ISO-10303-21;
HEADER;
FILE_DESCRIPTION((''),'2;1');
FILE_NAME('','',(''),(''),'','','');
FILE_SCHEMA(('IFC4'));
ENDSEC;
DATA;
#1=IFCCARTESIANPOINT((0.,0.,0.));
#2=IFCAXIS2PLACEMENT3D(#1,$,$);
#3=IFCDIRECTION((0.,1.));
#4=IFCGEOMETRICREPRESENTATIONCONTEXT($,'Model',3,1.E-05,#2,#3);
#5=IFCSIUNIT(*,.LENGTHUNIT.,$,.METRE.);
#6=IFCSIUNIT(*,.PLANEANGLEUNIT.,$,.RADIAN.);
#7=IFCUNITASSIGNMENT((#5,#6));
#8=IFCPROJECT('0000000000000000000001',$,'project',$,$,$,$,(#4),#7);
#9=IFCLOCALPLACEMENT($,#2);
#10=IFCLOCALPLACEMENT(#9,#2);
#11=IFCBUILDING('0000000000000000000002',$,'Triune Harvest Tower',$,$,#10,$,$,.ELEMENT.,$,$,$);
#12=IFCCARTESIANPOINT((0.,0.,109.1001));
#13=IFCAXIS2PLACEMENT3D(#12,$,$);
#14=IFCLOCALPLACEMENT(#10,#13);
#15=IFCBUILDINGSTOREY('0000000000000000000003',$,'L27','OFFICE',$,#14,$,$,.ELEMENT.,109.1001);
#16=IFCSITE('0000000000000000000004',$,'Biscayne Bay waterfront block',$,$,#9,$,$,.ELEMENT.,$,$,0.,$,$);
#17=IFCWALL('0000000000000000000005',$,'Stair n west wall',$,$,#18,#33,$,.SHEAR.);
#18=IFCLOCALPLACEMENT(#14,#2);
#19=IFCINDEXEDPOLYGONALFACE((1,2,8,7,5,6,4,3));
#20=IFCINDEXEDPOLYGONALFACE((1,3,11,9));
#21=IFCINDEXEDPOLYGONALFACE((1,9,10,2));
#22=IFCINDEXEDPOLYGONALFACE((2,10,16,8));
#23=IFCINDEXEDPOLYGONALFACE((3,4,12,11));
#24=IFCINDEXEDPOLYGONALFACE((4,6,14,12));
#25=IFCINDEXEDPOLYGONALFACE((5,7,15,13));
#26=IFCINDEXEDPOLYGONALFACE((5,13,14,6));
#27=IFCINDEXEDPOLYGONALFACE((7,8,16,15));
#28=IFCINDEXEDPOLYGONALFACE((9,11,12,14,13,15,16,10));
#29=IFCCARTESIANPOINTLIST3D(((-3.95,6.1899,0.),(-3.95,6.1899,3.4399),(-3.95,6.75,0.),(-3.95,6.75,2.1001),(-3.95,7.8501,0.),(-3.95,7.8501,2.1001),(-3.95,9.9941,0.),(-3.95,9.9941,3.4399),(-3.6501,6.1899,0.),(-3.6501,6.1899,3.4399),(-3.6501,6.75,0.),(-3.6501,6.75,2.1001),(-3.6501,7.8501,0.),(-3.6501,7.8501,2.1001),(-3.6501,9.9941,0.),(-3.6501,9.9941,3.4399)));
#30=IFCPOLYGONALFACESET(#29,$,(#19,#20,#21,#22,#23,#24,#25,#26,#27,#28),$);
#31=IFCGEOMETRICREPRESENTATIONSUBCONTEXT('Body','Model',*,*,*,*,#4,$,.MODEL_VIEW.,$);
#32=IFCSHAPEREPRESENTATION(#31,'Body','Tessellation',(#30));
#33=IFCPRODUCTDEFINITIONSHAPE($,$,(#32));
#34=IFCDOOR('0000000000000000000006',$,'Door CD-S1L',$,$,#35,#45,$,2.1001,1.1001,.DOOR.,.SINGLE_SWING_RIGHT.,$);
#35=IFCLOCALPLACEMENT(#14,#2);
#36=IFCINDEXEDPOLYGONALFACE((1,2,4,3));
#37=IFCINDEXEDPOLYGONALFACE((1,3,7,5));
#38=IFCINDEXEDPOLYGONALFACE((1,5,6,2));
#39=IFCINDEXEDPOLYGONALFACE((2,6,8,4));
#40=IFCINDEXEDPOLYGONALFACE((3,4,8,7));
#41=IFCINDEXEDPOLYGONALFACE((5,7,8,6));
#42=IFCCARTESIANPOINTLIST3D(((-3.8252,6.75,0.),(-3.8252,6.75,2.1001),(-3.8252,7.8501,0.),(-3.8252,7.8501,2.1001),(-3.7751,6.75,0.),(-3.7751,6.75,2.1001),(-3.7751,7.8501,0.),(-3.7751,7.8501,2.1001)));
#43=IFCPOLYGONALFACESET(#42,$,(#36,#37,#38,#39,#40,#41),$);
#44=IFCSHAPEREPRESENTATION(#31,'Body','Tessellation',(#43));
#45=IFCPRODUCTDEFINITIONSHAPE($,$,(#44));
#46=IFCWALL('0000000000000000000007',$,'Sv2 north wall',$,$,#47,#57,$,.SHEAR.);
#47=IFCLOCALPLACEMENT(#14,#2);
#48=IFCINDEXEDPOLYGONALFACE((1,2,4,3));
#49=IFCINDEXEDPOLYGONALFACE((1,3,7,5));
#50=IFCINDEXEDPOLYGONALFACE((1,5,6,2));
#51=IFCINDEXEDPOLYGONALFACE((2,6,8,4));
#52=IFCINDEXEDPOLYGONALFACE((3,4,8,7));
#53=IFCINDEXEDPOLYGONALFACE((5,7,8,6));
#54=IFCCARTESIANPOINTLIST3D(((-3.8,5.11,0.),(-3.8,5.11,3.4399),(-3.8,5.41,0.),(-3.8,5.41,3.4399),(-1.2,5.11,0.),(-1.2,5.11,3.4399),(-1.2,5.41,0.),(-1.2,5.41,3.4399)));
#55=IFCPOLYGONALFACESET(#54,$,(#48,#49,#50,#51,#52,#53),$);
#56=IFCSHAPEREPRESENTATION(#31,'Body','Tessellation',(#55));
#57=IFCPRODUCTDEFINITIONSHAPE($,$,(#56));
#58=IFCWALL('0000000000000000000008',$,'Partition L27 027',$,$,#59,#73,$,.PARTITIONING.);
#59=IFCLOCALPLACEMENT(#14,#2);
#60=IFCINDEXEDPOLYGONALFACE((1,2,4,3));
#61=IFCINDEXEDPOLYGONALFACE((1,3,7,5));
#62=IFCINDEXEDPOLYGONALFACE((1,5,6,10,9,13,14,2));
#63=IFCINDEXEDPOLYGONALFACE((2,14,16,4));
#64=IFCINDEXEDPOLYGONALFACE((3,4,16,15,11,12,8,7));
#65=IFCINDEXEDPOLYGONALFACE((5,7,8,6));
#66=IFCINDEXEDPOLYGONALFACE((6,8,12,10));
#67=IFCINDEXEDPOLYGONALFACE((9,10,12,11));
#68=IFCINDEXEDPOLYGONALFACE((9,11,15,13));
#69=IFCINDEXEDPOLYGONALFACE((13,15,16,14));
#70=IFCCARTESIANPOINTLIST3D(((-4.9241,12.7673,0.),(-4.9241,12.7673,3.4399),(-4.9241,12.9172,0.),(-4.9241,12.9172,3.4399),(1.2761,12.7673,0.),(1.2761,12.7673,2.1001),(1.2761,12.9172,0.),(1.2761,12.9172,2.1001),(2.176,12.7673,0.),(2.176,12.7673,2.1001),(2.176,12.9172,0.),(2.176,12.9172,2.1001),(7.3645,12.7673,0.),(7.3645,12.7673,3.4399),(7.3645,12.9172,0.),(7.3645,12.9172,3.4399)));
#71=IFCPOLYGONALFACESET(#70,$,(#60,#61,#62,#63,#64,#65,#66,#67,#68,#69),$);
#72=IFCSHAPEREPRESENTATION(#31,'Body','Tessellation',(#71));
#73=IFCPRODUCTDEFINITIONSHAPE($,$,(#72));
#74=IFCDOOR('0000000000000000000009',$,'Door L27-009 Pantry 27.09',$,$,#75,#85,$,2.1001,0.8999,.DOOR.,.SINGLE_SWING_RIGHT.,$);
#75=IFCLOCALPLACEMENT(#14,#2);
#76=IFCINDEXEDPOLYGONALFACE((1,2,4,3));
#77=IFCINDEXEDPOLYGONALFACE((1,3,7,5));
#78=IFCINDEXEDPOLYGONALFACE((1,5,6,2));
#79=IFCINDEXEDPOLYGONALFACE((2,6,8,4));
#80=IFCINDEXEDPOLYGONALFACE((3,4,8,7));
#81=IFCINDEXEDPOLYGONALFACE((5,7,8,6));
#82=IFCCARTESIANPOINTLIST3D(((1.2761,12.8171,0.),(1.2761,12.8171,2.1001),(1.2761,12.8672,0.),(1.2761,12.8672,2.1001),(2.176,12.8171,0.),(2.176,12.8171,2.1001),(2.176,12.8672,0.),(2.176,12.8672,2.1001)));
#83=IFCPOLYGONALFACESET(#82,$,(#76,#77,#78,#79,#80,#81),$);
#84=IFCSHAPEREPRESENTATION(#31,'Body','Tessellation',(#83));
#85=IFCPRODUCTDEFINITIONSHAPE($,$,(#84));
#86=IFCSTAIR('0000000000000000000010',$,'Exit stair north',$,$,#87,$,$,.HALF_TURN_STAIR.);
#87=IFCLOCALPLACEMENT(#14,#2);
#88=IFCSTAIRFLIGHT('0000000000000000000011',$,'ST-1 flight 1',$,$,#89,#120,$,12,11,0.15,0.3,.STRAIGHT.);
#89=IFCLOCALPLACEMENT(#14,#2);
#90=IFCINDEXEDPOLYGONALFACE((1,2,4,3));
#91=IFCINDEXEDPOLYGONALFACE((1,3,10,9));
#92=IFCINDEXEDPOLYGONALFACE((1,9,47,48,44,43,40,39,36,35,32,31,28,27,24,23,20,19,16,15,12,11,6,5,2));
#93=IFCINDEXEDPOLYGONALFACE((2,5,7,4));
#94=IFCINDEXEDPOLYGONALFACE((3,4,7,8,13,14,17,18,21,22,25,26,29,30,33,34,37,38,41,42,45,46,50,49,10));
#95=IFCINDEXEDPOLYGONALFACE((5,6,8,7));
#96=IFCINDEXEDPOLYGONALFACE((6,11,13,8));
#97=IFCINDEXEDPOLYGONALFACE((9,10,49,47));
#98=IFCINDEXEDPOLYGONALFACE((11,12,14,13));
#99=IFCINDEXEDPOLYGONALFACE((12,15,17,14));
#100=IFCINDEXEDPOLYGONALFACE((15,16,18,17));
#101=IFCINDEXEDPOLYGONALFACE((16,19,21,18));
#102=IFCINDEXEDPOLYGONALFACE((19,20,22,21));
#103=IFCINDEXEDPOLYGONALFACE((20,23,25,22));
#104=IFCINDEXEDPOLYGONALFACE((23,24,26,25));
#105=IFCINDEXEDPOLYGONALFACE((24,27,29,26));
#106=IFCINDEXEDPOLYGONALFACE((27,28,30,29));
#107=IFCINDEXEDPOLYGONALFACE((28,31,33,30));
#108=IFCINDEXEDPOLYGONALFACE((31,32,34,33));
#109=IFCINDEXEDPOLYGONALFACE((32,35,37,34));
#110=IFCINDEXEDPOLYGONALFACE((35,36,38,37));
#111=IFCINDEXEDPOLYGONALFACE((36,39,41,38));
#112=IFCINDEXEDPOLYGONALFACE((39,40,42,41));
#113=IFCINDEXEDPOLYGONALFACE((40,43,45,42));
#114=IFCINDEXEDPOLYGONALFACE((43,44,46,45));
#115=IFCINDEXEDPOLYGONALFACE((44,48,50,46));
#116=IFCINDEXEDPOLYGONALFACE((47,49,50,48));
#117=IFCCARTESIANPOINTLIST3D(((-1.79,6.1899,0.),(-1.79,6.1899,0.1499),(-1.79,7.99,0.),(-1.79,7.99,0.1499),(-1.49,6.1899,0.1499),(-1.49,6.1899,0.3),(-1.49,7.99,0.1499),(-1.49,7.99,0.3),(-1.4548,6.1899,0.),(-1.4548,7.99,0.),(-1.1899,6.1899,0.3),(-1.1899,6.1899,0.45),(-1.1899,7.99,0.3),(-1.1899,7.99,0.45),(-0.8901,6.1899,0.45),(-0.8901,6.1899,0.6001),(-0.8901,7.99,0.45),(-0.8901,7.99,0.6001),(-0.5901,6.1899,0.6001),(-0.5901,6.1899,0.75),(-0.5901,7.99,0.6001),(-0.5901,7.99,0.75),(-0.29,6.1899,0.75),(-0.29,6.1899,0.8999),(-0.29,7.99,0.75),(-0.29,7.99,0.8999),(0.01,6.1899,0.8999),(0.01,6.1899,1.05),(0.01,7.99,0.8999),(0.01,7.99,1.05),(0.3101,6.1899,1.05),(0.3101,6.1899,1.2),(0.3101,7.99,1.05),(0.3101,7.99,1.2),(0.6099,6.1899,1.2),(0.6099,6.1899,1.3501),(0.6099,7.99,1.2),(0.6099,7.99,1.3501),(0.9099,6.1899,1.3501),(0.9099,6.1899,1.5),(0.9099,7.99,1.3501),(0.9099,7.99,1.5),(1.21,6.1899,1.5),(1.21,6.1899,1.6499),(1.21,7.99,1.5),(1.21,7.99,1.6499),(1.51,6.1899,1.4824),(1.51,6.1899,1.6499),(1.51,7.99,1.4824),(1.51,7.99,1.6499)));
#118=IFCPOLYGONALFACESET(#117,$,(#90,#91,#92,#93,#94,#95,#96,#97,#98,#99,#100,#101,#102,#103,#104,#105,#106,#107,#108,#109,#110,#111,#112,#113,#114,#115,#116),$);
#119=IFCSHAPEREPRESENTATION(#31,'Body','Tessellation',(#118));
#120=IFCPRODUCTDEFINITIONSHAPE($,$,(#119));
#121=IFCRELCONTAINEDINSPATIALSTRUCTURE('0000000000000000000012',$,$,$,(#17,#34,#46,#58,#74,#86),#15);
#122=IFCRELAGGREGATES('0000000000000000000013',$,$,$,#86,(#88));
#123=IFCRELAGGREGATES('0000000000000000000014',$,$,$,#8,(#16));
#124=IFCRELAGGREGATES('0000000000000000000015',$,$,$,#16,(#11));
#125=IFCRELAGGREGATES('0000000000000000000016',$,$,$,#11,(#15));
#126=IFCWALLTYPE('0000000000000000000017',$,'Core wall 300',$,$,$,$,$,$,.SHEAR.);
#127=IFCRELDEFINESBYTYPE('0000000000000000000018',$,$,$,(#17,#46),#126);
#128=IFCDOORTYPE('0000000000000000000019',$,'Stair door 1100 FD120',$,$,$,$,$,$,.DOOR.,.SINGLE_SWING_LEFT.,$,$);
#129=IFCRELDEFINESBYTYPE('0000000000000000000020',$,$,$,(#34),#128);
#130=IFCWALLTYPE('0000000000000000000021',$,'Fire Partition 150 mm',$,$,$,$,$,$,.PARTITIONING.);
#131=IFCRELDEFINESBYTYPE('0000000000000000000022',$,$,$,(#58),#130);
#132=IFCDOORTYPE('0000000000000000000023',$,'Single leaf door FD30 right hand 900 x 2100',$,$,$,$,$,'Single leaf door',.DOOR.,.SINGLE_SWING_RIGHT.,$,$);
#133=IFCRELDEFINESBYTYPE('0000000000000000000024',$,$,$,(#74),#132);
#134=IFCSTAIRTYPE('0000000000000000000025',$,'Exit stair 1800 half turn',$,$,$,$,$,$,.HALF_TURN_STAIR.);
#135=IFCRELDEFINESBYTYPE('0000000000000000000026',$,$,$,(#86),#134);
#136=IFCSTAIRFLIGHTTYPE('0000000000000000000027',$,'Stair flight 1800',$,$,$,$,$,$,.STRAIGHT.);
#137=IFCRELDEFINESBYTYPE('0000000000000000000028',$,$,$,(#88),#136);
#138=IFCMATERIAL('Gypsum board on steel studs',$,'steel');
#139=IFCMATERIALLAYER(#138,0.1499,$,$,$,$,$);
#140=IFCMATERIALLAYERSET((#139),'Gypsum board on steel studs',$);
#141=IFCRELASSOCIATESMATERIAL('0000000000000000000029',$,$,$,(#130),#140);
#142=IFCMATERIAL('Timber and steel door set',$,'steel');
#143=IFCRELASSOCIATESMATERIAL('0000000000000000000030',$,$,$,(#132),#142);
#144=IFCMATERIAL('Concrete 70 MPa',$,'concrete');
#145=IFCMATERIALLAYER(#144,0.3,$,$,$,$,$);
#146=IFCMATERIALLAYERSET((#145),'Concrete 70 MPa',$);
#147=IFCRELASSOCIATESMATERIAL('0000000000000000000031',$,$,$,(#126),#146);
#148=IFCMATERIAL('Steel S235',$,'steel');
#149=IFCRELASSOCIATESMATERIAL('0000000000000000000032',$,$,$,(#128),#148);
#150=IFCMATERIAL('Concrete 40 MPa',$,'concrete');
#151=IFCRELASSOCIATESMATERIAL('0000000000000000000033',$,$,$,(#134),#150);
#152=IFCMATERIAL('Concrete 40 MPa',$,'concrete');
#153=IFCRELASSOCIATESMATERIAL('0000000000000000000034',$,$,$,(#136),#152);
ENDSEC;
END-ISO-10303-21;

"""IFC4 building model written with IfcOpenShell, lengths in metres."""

from ifc_helpers import new_model, si_unit, direction, frame, frame_2d, origin, place, context, subcontext, project, spatial, polyline, rectangle, outline, extrude, source, transform, mapped, material, layer, layer_set, type_object, element, fill, aggregate, save


model = new_model("IFC4")

# Units and contexts
model_context = context("Model", 3, precision=1e-05, world=origin(), true_north=direction((0.0, 1.0)))
body_context = subcontext(model_context, "Body", "Model", "MODEL_VIEW")
ifc_project = project(units=[si_unit("LENGTHUNIT", "METRE"), si_unit("PLANEANGLEUNIT", "RADIAN")], contexts=[model_context])

# Site, building, storey
site_placement = place(None, origin())
site = spatial("IfcSite", under=ifc_project, at=site_placement, Name="Biscayne Bay waterfront block", CompositionType="ELEMENT", RefElevation=0.0)
building_placement = place(site_placement, origin())
building = spatial("IfcBuilding", under=site, at=building_placement, Name="Triune Harvest Tower", CompositionType="ELEMENT")
storey_placement = place(building_placement, frame((0.0, 0.0, 109.1001)))
storey = spatial("IfcBuildingStorey", under=building, at=storey_placement, Name="L27", Description="OFFICE", CompositionType="ELEMENT", Elevation=109.1001)

# Shared definitions
ifc_material_1 = material(Name="Gypsum board on steel studs", Category="steel")
ifc_layer_1 = layer(ifc_material_1, 0.1499)
ifc_layer_set_1 = layer_set([ifc_layer_1], Name="Gypsum board on steel studs")
wall_type_1 = type_object("IfcWallType", Name="Fire Partition 150 mm", PredefinedType="PARTITIONING", material=ifc_layer_set_1)
ifc_material_2 = material(Name="Timber and steel door set", Category="steel")
door_type_1 = type_object("IfcDoorType", Name="Single leaf door FD30 right hand 900 x 2100", ElementType="Single leaf door", OperationType="SINGLE_SWING_RIGHT", PredefinedType="DOOR", material=ifc_material_2)

# Shared definitions
ifc_material_3 = material(Name="Concrete 70 MPa", Category="concrete")
ifc_layer_2 = layer(ifc_material_3, 0.3)
ifc_layer_set_2 = layer_set([ifc_layer_2], Name="Concrete 70 MPa")
wall_type_2 = type_object("IfcWallType", Name="Core wall 300", PredefinedType="SHEAR", material=ifc_layer_set_2)

# Wall, opening, door
shared_shape_1 = source(origin(), body_context, "Body", "SweptSolid", [
    extrude(outline(polyline([(0.0, -0.1499), (0.0, 0.1499), (3.8042, 0.1499), (3.8042, -0.1499), (0.0, -0.1499)])), origin(), (0.0, 0.0, 1.0), 3.4399),
])
wall_1_placement = place(storey_placement, frame((-3.8, 6.1899, 0.0), z_axis=(0.0, 0.0, 1.0), x_axis=(0.0, 1.0, 0.0)))
wall_1 = element("IfcWall", 1, at=wall_1_placement, inside=storey, type_object=wall_type_2, Name="Stair n west wall", PredefinedType="SHEAR", context=body_context, shape_type="MappedRepresentation", body=[
    mapped(shared_shape_1, transform((0.0, 0.0, 0.0), scale=1.0)),
])
opening_1_placement = place(wall_1_placement, frame((0.5601, 0.0, 0.0)))
opening_1 = element("IfcOpeningElement", 2, at=opening_1_placement, cuts=wall_1, PredefinedType="OPENING", context=body_context, shape_type="SweptSolid", body=[
    extrude(rectangle(XDim=1.1001, YDim=2.1001, at=frame_2d((0.55, 1.05))), frame((0.0, 0.1602, 0.0), z_axis=(0.0, -1.0, 0.0), x_axis=(1.0, 0.0, 0.0)), (0.0, 0.0, 1.0), 0.3201),
])
ifc_material_4 = material(Name="Steel S235", Category="steel")
door_type_2 = type_object("IfcDoorType", Name="Stair door 1100 FD120", OperationType="SINGLE_SWING_LEFT", PredefinedType="DOOR", material=ifc_material_4)
door_1_placement = place(opening_1_placement, frame((1.1001, 0.0, 0.0), z_axis=(0.0, 0.0, 1.0), x_axis=(-1.0, 0.0, 0.0)))
door_1 = element("IfcDoor", 3, at=door_1_placement, inside=storey, type_object=door_type_2, Name="Door CD-S1L", OperationType="SINGLE_SWING_RIGHT", OverallHeight=2.1001, OverallWidth=1.1001, PredefinedType="DOOR", context=body_context, shape_type="SweptSolid", body=[
    extrude(rectangle(XDim=1.1001, YDim=2.1001, at=frame_2d((0.55, 1.05))), frame((0.0, 0.0249, 0.0), z_axis=(0.0, -1.0, 0.0), x_axis=(1.0, 0.0, 0.0)), (0.0, 0.0, 1.0), 0.05),
])
fill(opening_1, door_1)

# Wall
shared_shape_2 = source(origin(), body_context, "Body", "SweptSolid", [
    extrude(rectangle(XDim=2.6001, YDim=0.3, at=frame_2d((1.3, 0.0))), origin(), (0.0, 0.0, 1.0), 3.4399),
])
wall_2_placement = place(storey_placement, frame((-3.8, 5.26, 0.0), z_axis=(0.0, 0.0, 1.0), x_axis=(1.0, 0.0, 0.0)))
element("IfcWall", 4, at=wall_2_placement, inside=storey, type_object=wall_type_2, Name="Sv2 north wall", PredefinedType="SHEAR", context=body_context, shape_type="MappedRepresentation", body=[
    mapped(shared_shape_2, transform((0.0, 0.0, 0.0), scale=1.0)),
])

# Wall, opening, door
shared_shape_3 = source(origin(), body_context, "Body", "SweptSolid", [
    extrude(rectangle(XDim=12.2886, YDim=0.1499, at=frame_2d((6.1443, 0.0))), origin(), (0.0, 0.0, 1.0), 3.4399),
])
wall_3_placement = place(storey_placement, frame((-4.9241, 12.8423, 0.0), z_axis=(0.0, 0.0, 1.0), x_axis=(1.0, 0.0, 0.0)))
wall_3 = element("IfcWall", 5, at=wall_3_placement, inside=storey, type_object=wall_type_1, Name="Partition L27 027", PredefinedType="PARTITIONING", context=body_context, shape_type="MappedRepresentation", body=[
    mapped(shared_shape_3, transform((0.0, 0.0, 0.0), scale=1.0)),
])
opening_2_placement = place(wall_3_placement, frame((6.2002, 0.0, 0.0)))
opening_2 = element("IfcOpeningElement", 6, at=opening_2_placement, cuts=wall_3, PredefinedType="OPENING", context=body_context, shape_type="SweptSolid", body=[
    extrude(rectangle(XDim=0.8999, YDim=2.1001, at=frame_2d((0.45, 1.05))), frame((0.0, 0.085, 0.0), z_axis=(0.0, -1.0, 0.0), x_axis=(1.0, 0.0, 0.0)), (0.0, 0.0, 1.0), 0.1699),
])
door_2_placement = place(opening_2_placement, origin())
door_2 = element("IfcDoor", 7, at=door_2_placement, inside=storey, type_object=door_type_1, Name="Door L27-009 Pantry 27.09", OperationType="SINGLE_SWING_RIGHT", OverallHeight=2.1001, OverallWidth=0.8999, PredefinedType="DOOR", context=body_context, shape_type="SweptSolid", body=[
    extrude(rectangle(XDim=0.8999, YDim=2.1001, at=frame_2d((0.45, 1.05))), frame((0.0, 0.0249, 0.0), z_axis=(0.0, -1.0, 0.0), x_axis=(1.0, 0.0, 0.0)), (0.0, 0.0, 1.0), 0.05),
])
fill(opening_2, door_2)

# Stair, stair flight
ifc_material_5 = material(Name="Concrete 40 MPa", Category="concrete")
stair_type = type_object("IfcStairType", Name="Exit stair 1800 half turn", PredefinedType="HALF_TURN_STAIR", material=ifc_material_5)
stair_placement = place(storey_placement, origin())
stair = element("IfcStair", 8, at=stair_placement, inside=storey, type_object=stair_type, Name="Exit stair north", PredefinedType="HALF_TURN_STAIR")
ifc_material_6 = material(Name="Concrete 40 MPa", Category="concrete")
stair_flight_type = type_object("IfcStairFlightType", Name="Stair flight 1800", PredefinedType="STRAIGHT", material=ifc_material_6)
shared_shape_4 = source(origin(), body_context, "Body", "SweptSolid", [
    extrude(outline(polyline([(0.0, 0.0), (0.0, 0.1499), (0.3, 0.1499), (0.3, 0.3), (0.6001, 0.3), (0.6001, 0.45), (0.8999, 0.45), (0.8999, 0.6001), (1.2, 0.6001), (1.2, 0.75), (1.5, 0.75), (1.5, 0.8999), (1.8, 0.8999), (1.8, 1.05), (2.1001, 1.05), (2.1001, 1.2), (2.3999, 1.2), (2.3999, 1.3501), (2.7, 1.3501), (2.7, 1.5), (3.0, 1.5), (3.0, 1.6499), (3.3, 1.6499), (3.3, 1.8), (3.3, 1.4824), (0.3352, 0.0), (0.0, 0.0)])), frame((0.0, 0.8999, 0.0), z_axis=(0.0, -1.0, 0.0), x_axis=(1.0, 0.0, 0.0)), (0.0, 0.0, 1.0), 1.8),
])
stair_flight_placement = place(storey_placement, frame((-1.79, 7.0901, 0.0), z_axis=(0.0, 0.0, 1.0), x_axis=(1.0, 0.0, 0.0)))
stair_flight = element("IfcStairFlight", 9, at=stair_flight_placement, type_object=stair_flight_type, Name="ST-1 flight 1", NumberOfRisers=12, NumberOfTreads=11, PredefinedType="STRAIGHT", RiserHeight=0.15, TreadLength=0.3, context=body_context, shape_type="MappedRepresentation", body=[
    mapped(shared_shape_4, transform((0.0, 0.0, 0.0), scale=1.0)),
])
aggregate(stair, [stair_flight])

save(model, "model.ifc")
